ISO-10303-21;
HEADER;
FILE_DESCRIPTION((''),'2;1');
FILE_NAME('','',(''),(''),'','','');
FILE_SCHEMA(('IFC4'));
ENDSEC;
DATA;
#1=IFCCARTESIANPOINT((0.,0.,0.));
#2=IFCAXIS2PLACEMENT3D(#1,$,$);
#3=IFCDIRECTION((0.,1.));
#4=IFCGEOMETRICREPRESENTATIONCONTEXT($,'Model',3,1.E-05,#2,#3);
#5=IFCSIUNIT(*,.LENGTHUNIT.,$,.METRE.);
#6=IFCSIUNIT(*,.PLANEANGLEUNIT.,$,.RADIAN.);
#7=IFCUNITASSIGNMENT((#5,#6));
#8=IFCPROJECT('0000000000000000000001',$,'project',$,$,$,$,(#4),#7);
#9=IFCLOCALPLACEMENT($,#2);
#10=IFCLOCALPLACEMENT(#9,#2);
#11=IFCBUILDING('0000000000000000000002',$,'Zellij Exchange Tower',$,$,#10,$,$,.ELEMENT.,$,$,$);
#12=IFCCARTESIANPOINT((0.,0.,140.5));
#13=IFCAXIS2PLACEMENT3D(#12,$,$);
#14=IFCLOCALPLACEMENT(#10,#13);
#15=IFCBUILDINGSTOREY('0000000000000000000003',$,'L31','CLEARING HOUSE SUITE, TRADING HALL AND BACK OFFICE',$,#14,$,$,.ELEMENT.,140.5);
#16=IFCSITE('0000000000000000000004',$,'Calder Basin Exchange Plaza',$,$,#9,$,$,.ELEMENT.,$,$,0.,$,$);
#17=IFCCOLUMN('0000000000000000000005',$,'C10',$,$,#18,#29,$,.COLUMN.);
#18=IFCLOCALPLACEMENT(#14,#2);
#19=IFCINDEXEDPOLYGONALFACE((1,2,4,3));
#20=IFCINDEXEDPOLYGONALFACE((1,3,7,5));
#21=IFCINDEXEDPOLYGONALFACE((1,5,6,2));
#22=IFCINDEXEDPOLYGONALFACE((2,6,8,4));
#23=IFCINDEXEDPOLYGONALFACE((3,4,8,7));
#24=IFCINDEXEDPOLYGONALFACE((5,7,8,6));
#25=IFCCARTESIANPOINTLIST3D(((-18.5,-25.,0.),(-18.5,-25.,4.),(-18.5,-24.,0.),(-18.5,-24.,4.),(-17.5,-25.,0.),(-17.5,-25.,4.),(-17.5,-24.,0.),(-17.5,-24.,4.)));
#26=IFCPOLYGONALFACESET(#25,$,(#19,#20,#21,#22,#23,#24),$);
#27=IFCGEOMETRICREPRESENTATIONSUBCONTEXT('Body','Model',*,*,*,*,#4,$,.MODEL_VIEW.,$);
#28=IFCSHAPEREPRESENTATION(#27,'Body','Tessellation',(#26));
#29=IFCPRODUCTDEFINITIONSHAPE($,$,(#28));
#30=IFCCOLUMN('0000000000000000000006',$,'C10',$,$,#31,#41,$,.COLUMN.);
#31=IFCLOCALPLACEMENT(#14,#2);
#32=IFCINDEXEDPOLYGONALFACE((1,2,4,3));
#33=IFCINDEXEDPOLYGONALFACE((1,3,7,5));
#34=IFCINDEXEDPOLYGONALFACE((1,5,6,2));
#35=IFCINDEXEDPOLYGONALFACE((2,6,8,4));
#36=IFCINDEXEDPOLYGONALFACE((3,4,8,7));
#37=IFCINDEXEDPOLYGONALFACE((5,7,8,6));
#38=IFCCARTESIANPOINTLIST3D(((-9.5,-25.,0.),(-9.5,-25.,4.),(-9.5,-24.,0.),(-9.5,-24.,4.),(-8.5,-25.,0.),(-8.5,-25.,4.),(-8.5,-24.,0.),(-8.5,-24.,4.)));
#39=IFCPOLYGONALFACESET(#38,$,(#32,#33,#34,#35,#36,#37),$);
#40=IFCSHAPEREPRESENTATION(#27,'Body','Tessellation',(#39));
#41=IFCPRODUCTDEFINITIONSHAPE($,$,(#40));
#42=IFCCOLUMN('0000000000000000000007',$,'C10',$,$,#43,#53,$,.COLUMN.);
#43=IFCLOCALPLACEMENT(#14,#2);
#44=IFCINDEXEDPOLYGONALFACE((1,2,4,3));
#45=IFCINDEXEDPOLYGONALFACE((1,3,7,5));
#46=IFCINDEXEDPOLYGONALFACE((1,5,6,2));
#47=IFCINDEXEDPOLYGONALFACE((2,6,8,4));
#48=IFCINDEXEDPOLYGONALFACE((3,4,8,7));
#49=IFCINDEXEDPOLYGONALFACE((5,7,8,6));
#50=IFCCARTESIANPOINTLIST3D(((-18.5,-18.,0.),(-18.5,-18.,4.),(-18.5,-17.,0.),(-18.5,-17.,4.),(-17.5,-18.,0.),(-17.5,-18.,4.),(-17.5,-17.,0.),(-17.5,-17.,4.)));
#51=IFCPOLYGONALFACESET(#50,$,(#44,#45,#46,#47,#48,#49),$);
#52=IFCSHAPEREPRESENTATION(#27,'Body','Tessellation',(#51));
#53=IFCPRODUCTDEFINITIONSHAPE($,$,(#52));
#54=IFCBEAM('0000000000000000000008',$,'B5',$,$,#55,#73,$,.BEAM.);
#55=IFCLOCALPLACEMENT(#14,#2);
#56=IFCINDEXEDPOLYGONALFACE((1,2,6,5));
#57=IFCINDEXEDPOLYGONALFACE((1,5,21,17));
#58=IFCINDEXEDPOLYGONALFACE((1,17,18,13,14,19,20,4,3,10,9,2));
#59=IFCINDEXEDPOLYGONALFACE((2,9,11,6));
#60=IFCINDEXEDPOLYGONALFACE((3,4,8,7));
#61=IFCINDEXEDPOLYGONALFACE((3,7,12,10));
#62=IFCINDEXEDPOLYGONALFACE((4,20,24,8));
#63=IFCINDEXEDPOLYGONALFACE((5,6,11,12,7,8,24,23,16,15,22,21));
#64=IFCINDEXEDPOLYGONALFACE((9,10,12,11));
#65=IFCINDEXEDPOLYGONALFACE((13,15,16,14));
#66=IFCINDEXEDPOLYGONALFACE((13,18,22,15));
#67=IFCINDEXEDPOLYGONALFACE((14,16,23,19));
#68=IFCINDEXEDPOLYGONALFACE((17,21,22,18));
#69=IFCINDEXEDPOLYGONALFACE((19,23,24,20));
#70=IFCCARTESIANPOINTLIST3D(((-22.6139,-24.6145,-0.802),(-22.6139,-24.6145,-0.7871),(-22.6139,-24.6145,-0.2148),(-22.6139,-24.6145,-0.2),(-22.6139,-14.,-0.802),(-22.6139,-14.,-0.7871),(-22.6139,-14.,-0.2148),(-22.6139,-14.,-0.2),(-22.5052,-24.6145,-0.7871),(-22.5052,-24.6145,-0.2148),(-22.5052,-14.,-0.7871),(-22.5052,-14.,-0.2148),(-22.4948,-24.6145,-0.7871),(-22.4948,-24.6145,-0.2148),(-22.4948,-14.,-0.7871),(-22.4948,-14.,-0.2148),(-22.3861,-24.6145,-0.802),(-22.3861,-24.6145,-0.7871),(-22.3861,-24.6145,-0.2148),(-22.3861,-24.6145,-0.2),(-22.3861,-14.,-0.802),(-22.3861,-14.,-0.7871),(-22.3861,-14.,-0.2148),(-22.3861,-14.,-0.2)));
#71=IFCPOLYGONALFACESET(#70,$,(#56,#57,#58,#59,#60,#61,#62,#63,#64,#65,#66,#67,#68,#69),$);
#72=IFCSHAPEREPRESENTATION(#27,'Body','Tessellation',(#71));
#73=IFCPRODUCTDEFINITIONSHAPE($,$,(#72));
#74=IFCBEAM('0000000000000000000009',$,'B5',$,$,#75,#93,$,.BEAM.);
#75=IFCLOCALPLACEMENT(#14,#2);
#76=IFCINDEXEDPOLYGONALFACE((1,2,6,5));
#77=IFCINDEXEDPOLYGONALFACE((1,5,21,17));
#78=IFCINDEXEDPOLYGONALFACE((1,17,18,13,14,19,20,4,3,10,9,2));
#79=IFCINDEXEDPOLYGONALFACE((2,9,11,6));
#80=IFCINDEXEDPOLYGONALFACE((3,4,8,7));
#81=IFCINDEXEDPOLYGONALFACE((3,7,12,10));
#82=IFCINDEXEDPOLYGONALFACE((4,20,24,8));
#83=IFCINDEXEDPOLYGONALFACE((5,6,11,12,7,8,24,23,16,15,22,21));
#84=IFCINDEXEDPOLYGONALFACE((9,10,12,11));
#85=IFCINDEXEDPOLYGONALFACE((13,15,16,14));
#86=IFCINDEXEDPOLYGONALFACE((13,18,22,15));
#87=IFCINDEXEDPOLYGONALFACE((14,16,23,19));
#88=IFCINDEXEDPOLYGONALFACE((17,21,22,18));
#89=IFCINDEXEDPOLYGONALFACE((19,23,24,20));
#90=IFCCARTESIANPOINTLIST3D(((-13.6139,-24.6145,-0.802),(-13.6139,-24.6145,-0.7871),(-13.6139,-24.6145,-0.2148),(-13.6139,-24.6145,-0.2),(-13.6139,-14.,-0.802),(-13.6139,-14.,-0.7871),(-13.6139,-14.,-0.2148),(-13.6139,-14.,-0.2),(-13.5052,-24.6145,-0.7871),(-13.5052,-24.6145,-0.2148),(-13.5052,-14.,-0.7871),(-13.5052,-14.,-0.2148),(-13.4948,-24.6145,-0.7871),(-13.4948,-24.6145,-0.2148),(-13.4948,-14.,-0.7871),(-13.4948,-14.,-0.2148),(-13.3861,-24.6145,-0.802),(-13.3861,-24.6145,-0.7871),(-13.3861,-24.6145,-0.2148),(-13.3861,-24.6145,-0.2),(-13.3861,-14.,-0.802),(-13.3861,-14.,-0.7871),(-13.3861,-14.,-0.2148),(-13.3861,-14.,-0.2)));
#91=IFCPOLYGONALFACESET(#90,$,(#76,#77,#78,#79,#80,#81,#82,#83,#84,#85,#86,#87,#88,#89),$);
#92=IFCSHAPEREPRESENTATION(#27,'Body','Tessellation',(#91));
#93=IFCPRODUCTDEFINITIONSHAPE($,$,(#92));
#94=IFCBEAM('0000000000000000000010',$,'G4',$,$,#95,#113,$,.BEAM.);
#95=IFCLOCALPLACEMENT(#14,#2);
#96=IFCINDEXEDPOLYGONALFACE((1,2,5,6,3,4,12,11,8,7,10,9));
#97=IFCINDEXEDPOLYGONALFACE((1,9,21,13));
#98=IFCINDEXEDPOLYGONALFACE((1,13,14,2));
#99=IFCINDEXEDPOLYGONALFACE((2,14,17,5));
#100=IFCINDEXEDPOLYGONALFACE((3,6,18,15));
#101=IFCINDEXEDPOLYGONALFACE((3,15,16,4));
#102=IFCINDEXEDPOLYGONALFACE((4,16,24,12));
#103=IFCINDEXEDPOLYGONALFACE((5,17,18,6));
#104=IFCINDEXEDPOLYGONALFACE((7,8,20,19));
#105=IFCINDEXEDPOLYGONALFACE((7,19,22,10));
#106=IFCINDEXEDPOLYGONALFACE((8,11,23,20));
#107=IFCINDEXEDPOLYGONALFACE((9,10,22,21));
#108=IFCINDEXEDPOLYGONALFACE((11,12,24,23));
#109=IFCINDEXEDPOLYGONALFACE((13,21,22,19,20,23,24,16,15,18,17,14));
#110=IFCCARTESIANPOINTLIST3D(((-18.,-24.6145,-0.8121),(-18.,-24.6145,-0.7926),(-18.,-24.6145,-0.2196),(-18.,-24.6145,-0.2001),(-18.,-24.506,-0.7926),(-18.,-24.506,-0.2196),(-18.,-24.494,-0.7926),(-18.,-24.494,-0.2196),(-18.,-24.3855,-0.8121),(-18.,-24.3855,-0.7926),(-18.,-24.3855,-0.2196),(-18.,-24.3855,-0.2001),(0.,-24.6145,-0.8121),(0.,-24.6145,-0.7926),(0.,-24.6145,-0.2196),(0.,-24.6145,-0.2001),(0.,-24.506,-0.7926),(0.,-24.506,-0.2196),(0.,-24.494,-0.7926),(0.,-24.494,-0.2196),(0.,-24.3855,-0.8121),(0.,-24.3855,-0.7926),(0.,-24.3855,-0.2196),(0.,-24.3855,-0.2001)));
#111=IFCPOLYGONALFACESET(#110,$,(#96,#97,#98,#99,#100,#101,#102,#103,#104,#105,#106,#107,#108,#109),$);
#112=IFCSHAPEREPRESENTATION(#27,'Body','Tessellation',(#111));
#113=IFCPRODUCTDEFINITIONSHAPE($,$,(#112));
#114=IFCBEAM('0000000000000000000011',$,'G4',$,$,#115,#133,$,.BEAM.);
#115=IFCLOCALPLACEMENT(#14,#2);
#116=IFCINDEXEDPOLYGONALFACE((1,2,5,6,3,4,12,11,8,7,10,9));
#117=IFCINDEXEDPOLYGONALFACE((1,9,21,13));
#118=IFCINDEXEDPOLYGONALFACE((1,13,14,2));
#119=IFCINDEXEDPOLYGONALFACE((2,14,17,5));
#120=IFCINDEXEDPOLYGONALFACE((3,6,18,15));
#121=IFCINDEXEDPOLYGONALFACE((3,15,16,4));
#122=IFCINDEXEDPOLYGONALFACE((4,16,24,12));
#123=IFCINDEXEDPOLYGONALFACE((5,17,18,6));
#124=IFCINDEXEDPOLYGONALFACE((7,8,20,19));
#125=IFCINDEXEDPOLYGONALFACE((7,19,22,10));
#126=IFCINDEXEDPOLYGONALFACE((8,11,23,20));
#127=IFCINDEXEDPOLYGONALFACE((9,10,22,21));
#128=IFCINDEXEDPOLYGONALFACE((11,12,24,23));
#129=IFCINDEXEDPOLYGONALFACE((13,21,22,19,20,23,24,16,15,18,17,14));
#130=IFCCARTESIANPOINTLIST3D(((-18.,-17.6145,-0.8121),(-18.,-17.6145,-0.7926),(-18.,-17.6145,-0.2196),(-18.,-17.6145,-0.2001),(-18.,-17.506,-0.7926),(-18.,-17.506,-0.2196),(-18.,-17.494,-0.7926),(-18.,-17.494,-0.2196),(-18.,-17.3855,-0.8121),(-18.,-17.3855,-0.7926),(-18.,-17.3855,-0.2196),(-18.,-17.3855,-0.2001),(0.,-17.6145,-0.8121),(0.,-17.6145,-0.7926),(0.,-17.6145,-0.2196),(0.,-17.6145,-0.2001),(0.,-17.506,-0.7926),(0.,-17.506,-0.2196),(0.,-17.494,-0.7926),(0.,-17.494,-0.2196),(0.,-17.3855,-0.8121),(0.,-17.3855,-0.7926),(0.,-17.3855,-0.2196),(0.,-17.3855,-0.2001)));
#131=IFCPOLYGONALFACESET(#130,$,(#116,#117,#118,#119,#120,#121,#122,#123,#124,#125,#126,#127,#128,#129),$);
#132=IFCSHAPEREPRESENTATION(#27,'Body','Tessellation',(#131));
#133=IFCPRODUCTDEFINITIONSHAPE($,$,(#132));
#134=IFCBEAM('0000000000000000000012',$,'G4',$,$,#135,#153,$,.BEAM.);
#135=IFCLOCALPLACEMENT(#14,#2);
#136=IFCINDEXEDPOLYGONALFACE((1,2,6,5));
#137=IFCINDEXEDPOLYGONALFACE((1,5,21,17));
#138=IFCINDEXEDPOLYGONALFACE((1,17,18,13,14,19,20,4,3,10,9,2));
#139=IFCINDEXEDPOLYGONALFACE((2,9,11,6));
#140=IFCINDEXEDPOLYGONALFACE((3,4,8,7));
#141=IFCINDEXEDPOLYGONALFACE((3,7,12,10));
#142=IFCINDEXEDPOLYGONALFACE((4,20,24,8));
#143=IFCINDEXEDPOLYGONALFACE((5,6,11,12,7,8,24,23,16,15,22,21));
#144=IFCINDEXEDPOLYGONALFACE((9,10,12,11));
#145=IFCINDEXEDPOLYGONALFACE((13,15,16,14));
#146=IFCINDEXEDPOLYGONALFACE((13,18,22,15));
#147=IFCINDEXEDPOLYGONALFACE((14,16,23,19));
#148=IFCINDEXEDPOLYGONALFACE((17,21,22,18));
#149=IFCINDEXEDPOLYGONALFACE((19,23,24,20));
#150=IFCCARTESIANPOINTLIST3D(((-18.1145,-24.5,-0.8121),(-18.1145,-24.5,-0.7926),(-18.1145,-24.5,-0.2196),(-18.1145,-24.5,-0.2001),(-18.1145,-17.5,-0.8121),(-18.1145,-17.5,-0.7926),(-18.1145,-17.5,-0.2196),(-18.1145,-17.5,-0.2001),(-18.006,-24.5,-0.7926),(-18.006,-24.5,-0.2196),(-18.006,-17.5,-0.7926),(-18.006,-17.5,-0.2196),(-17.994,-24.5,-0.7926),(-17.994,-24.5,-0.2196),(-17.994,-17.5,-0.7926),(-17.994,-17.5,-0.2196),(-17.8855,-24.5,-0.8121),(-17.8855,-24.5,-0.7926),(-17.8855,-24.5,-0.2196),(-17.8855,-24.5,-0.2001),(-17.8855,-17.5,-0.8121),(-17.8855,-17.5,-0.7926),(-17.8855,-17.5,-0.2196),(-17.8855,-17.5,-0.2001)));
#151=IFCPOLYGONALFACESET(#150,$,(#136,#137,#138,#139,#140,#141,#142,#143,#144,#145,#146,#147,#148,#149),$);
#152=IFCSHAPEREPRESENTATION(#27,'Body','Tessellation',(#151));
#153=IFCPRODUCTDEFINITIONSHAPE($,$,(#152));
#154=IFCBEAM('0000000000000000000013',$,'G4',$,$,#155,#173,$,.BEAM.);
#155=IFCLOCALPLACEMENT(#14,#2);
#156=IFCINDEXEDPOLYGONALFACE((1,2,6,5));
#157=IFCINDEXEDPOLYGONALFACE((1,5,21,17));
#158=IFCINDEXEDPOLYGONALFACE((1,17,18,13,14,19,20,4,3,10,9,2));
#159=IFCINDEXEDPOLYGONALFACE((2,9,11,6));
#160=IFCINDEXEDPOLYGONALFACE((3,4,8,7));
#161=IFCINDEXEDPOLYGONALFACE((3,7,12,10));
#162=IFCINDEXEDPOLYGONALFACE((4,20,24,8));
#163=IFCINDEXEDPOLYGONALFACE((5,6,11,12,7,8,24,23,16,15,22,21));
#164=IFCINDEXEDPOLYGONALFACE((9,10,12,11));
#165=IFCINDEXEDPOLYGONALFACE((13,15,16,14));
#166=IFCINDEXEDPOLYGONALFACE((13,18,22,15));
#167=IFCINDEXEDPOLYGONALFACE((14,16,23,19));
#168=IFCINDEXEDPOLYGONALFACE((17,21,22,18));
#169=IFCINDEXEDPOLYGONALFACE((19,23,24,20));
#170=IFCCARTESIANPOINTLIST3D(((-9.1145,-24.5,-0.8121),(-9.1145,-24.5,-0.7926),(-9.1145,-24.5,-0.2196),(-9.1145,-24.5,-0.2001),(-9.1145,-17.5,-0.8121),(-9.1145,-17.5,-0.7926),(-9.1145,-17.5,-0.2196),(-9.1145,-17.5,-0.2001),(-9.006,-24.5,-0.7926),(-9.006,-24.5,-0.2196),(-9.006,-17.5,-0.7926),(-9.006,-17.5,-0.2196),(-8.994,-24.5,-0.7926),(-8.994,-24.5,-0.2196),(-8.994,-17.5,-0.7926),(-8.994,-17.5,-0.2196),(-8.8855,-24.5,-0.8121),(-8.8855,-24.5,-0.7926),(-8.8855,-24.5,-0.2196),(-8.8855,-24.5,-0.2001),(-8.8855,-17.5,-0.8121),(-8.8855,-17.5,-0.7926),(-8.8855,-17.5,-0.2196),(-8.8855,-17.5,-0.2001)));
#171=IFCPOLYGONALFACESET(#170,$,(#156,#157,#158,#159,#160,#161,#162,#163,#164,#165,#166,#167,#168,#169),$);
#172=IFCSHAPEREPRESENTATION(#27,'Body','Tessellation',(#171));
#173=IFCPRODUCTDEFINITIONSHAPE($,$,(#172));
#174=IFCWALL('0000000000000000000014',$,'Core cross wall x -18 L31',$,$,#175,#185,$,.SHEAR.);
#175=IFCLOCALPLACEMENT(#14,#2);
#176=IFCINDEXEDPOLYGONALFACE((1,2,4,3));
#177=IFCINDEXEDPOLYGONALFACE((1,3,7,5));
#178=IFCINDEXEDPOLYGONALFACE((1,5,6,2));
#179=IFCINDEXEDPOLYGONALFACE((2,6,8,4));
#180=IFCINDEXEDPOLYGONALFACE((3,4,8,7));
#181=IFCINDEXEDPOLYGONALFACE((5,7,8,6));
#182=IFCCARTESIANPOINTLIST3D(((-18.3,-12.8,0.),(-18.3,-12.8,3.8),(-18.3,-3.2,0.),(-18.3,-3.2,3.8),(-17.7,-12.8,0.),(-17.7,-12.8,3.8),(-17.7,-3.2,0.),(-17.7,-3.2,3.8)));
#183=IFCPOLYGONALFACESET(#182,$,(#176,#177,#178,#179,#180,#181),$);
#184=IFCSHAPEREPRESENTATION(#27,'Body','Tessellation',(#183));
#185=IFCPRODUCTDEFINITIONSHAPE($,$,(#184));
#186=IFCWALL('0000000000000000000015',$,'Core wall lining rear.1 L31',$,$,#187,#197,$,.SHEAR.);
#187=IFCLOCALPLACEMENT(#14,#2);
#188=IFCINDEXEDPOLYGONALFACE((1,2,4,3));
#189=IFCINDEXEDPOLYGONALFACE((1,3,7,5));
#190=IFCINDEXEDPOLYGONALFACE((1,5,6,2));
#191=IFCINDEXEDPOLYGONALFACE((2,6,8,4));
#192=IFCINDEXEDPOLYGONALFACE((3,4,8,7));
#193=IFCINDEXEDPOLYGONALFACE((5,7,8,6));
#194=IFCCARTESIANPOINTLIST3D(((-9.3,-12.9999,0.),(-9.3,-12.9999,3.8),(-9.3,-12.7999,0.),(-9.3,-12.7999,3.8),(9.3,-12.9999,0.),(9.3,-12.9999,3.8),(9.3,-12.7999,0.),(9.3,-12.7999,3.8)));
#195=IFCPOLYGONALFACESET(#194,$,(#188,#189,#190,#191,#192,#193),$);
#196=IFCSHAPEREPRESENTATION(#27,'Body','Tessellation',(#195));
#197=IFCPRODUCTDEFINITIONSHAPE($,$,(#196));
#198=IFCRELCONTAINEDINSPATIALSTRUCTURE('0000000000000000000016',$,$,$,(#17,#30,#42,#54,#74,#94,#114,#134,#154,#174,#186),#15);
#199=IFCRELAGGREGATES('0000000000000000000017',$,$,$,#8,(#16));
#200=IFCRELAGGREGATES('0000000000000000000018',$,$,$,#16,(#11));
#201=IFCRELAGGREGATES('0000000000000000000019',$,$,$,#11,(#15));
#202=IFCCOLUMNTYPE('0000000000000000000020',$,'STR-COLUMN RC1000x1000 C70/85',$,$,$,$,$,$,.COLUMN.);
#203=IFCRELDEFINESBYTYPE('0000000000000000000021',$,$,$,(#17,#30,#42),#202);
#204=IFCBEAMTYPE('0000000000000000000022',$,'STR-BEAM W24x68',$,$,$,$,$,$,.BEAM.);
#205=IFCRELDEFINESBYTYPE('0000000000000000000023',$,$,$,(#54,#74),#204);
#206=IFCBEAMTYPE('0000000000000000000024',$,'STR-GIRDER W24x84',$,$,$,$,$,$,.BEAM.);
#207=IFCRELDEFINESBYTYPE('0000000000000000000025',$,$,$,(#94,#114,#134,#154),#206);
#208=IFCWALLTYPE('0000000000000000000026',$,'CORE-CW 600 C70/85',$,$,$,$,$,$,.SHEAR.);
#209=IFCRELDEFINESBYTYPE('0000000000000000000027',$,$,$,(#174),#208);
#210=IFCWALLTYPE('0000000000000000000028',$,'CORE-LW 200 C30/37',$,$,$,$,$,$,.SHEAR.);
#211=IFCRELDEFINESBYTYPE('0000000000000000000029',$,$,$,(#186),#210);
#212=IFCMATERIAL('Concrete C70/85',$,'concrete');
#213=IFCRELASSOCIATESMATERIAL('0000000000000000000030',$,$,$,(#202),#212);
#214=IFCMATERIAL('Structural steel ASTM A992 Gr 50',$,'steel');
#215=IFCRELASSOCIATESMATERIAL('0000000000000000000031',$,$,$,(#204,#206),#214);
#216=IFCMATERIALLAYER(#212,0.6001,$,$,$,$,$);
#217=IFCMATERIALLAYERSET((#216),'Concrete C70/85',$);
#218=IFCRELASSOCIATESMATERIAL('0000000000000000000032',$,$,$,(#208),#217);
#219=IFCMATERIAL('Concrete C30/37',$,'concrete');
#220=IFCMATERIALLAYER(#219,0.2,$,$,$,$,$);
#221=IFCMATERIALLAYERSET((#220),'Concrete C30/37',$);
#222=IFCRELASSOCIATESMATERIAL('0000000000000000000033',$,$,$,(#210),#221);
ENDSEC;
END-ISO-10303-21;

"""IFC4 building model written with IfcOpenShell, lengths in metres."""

from ifc_helpers import new_model, si_unit, direction, frame, frame_2d, origin, origin_2d, place, context, subcontext, project, spatial, rectangle, i_section, extrude, material, layer, layer_set, material_profile, profile_set, type_object, element, save


model = new_model("IFC4")

# Units and contexts
model_context = context("Model", 3, precision=1e-05, world=origin(), true_north=direction((0.0, 1.0)))
body_context = subcontext(model_context, "Body", "Model", "MODEL_VIEW")
ifc_project = project(units=[si_unit("LENGTHUNIT", "METRE"), si_unit("PLANEANGLEUNIT", "RADIAN")], contexts=[model_context])

# Site, building, storey
site_placement = place(None, origin())
site = spatial("IfcSite", under=ifc_project, at=site_placement, Name="Calder Basin Exchange Plaza", CompositionType="ELEMENT", RefElevation=0.0)
building_placement = place(site_placement, origin())
building = spatial("IfcBuilding", under=site, at=building_placement, Name="Zellij Exchange Tower", CompositionType="ELEMENT")
storey_placement = place(building_placement, frame((0.0, 0.0, 140.5)))
storey = spatial("IfcBuildingStorey", under=building, at=storey_placement, Name="L31", Description="CLEARING HOUSE SUITE, TRADING HALL AND BACK OFFICE", CompositionType="ELEMENT", Elevation=140.5)

# Columns
ifc_material_1 = material(Name="Concrete C70/85", Category="concrete")
ifc_material_profile_1 = material_profile(ifc_material_1, rectangle(XDim=1.0, YDim=1.0, at=origin_2d()), Name="STR-COLUMN RC1000x1000 C70/85")
ifc_profile_set_1 = profile_set([ifc_material_profile_1], Name="Concrete C70/85")
column_type = type_object("IfcColumnType", Name="STR-COLUMN RC1000x1000 C70/85", PredefinedType="COLUMN", material=ifc_profile_set_1)
for number, where, z_axis, x_axis, name in (
    (1, (-18.0, -24.5, 0.0), (0.0, 0.0, 1.0), (1.0, 0.0, 0.0), "C10"),
    (2, (-9.0, -24.5, 0.0), (0.0, 0.0, 1.0), (1.0, 0.0, 0.0), "C10"),
    (3, (-18.0, -17.5, 0.0), (0.0, 0.0, 1.0), (1.0, 0.0, 0.0), "C10"),
):
    element("IfcColumn", number, at=place(storey_placement, frame(where, z_axis=z_axis, x_axis=x_axis)), inside=storey, type_object=column_type, Name=name, PredefinedType="COLUMN", context=body_context, shape_type="SweptSolid", body=[
        extrude(rectangle(XDim=1.0, YDim=1.0, at=origin_2d()), origin(), (0.0, 0.0, 1.0), 4.0),
    ])

# Beams
ifc_material_2 = material(Name="Structural steel ASTM A992 Gr 50", Category="steel")
ifc_material_profile_2 = material_profile(ifc_material_2, i_section(OverallWidth=0.2278, OverallDepth=0.6021, WebThickness=0.0105, FlangeThickness=0.0149, at=origin_2d()), Name="W24x68")
ifc_profile_set_2 = profile_set([ifc_material_profile_2], Name="Structural steel ASTM A992 Gr 50")
beam_type_1 = type_object("IfcBeamType", Name="STR-BEAM W24x68", PredefinedType="BEAM", material=ifc_profile_set_2)
for number, where, z_axis, x_axis, name in (
    (4, (-22.5, -24.6145, -0.501), (0.0, 1.0, 0.0), (-1.0, 0.0, 0.0), "B5"),
    (5, (-13.5, -24.6145, -0.501), (0.0, 1.0, 0.0), (-1.0, 0.0, 0.0), "B5"),
):
    element("IfcBeam", number, at=place(storey_placement, frame(where, z_axis=z_axis, x_axis=x_axis)), inside=storey, type_object=beam_type_1, Name=name, PredefinedType="BEAM", context=body_context, shape_type="SweptSolid", body=[
        extrude(i_section(OverallWidth=0.2278, OverallDepth=0.6021, WebThickness=0.0105, FlangeThickness=0.0149, at=origin_2d()), origin(), (0.0, 0.0, 1.0), 10.6145),
    ])
ifc_material_profile_3 = material_profile(ifc_material_2, i_section(OverallWidth=0.229, OverallDepth=0.6121, WebThickness=0.012, FlangeThickness=0.0195, at=origin_2d()), Name="W24x84")
ifc_profile_set_3 = profile_set([ifc_material_profile_3], Name="Structural steel ASTM A992 Gr 50")
beam_type_2 = type_object("IfcBeamType", Name="STR-GIRDER W24x84", PredefinedType="BEAM", material=ifc_profile_set_3)
for number, where, z_axis, x_axis, name in (
    (6, (-18.0, -24.5, -0.5061), (1.0, 0.0, 0.0), (0.0, 1.0, 0.0), "G4"),
    (7, (-18.0, -17.5, -0.5061), (1.0, 0.0, 0.0), (0.0, 1.0, 0.0), "G4"),
):
    element("IfcBeam", number, at=place(storey_placement, frame(where, z_axis=z_axis, x_axis=x_axis)), inside=storey, type_object=beam_type_2, Name=name, PredefinedType="BEAM", context=body_context, shape_type="SweptSolid", body=[
        extrude(i_section(OverallWidth=0.229, OverallDepth=0.6121, WebThickness=0.012, FlangeThickness=0.0195, at=origin_2d()), origin(), (0.0, 0.0, 1.0), 18.0),
    ])
for number, where, z_axis, x_axis, name in (
    (8, (-18.0, -24.5, -0.5061), (0.0, 1.0, 0.0), (-1.0, 0.0, 0.0), "G4"),
    (9, (-9.0, -24.5, -0.5061), (0.0, 1.0, 0.0), (-1.0, 0.0, 0.0), "G4"),
):
    element("IfcBeam", number, at=place(storey_placement, frame(where, z_axis=z_axis, x_axis=x_axis)), inside=storey, type_object=beam_type_2, Name=name, PredefinedType="BEAM", context=body_context, shape_type="SweptSolid", body=[
        extrude(i_section(OverallWidth=0.229, OverallDepth=0.6121, WebThickness=0.012, FlangeThickness=0.0195, at=origin_2d()), origin(), (0.0, 0.0, 1.0), 7.0),
    ])

# Walls
ifc_layer_1 = layer(ifc_material_1, 0.6001)
ifc_layer_set_1 = layer_set([ifc_layer_1], Name="Concrete C70/85")
wall_type_1 = type_object("IfcWallType", Name="CORE-CW 600 C70/85", PredefinedType="SHEAR", material=ifc_layer_set_1)
wall_1_placement = place(storey_placement, frame((-18.0, -12.8, 0.0), z_axis=(0.0, 0.0, 1.0), x_axis=(0.0, 1.0, 0.0)))
element("IfcWall", 10, at=wall_1_placement, inside=storey, type_object=wall_type_1, Name="Core cross wall x -18 L31", PredefinedType="SHEAR", context=body_context, shape_type="SweptSolid", body=[
    extrude(rectangle(XDim=9.6001, YDim=0.6001, at=frame_2d((4.8, 0.0))), origin(), (0.0, 0.0, 1.0), 3.8),
])
ifc_material_3 = material(Name="Concrete C30/37", Category="concrete")
ifc_layer_2 = layer(ifc_material_3, 0.2)
ifc_layer_set_2 = layer_set([ifc_layer_2], Name="Concrete C30/37")
wall_type_2 = type_object("IfcWallType", Name="CORE-LW 200 C30/37", PredefinedType="SHEAR", material=ifc_layer_set_2)
wall_2_placement = place(storey_placement, frame((-9.3, -12.8999, 0.0), z_axis=(0.0, 0.0, 1.0), x_axis=(1.0, 0.0, 0.0)))
element("IfcWall", 11, at=wall_2_placement, inside=storey, type_object=wall_type_2, Name="Core wall lining rear.1 L31", PredefinedType="SHEAR", context=body_context, shape_type="SweptSolid", body=[
    extrude(rectangle(XDim=18.6001, YDim=0.2, at=frame_2d((9.3, 0.0))), origin(), (0.0, 0.0, 1.0), 3.8),
])

save(model, "model.ifc")
